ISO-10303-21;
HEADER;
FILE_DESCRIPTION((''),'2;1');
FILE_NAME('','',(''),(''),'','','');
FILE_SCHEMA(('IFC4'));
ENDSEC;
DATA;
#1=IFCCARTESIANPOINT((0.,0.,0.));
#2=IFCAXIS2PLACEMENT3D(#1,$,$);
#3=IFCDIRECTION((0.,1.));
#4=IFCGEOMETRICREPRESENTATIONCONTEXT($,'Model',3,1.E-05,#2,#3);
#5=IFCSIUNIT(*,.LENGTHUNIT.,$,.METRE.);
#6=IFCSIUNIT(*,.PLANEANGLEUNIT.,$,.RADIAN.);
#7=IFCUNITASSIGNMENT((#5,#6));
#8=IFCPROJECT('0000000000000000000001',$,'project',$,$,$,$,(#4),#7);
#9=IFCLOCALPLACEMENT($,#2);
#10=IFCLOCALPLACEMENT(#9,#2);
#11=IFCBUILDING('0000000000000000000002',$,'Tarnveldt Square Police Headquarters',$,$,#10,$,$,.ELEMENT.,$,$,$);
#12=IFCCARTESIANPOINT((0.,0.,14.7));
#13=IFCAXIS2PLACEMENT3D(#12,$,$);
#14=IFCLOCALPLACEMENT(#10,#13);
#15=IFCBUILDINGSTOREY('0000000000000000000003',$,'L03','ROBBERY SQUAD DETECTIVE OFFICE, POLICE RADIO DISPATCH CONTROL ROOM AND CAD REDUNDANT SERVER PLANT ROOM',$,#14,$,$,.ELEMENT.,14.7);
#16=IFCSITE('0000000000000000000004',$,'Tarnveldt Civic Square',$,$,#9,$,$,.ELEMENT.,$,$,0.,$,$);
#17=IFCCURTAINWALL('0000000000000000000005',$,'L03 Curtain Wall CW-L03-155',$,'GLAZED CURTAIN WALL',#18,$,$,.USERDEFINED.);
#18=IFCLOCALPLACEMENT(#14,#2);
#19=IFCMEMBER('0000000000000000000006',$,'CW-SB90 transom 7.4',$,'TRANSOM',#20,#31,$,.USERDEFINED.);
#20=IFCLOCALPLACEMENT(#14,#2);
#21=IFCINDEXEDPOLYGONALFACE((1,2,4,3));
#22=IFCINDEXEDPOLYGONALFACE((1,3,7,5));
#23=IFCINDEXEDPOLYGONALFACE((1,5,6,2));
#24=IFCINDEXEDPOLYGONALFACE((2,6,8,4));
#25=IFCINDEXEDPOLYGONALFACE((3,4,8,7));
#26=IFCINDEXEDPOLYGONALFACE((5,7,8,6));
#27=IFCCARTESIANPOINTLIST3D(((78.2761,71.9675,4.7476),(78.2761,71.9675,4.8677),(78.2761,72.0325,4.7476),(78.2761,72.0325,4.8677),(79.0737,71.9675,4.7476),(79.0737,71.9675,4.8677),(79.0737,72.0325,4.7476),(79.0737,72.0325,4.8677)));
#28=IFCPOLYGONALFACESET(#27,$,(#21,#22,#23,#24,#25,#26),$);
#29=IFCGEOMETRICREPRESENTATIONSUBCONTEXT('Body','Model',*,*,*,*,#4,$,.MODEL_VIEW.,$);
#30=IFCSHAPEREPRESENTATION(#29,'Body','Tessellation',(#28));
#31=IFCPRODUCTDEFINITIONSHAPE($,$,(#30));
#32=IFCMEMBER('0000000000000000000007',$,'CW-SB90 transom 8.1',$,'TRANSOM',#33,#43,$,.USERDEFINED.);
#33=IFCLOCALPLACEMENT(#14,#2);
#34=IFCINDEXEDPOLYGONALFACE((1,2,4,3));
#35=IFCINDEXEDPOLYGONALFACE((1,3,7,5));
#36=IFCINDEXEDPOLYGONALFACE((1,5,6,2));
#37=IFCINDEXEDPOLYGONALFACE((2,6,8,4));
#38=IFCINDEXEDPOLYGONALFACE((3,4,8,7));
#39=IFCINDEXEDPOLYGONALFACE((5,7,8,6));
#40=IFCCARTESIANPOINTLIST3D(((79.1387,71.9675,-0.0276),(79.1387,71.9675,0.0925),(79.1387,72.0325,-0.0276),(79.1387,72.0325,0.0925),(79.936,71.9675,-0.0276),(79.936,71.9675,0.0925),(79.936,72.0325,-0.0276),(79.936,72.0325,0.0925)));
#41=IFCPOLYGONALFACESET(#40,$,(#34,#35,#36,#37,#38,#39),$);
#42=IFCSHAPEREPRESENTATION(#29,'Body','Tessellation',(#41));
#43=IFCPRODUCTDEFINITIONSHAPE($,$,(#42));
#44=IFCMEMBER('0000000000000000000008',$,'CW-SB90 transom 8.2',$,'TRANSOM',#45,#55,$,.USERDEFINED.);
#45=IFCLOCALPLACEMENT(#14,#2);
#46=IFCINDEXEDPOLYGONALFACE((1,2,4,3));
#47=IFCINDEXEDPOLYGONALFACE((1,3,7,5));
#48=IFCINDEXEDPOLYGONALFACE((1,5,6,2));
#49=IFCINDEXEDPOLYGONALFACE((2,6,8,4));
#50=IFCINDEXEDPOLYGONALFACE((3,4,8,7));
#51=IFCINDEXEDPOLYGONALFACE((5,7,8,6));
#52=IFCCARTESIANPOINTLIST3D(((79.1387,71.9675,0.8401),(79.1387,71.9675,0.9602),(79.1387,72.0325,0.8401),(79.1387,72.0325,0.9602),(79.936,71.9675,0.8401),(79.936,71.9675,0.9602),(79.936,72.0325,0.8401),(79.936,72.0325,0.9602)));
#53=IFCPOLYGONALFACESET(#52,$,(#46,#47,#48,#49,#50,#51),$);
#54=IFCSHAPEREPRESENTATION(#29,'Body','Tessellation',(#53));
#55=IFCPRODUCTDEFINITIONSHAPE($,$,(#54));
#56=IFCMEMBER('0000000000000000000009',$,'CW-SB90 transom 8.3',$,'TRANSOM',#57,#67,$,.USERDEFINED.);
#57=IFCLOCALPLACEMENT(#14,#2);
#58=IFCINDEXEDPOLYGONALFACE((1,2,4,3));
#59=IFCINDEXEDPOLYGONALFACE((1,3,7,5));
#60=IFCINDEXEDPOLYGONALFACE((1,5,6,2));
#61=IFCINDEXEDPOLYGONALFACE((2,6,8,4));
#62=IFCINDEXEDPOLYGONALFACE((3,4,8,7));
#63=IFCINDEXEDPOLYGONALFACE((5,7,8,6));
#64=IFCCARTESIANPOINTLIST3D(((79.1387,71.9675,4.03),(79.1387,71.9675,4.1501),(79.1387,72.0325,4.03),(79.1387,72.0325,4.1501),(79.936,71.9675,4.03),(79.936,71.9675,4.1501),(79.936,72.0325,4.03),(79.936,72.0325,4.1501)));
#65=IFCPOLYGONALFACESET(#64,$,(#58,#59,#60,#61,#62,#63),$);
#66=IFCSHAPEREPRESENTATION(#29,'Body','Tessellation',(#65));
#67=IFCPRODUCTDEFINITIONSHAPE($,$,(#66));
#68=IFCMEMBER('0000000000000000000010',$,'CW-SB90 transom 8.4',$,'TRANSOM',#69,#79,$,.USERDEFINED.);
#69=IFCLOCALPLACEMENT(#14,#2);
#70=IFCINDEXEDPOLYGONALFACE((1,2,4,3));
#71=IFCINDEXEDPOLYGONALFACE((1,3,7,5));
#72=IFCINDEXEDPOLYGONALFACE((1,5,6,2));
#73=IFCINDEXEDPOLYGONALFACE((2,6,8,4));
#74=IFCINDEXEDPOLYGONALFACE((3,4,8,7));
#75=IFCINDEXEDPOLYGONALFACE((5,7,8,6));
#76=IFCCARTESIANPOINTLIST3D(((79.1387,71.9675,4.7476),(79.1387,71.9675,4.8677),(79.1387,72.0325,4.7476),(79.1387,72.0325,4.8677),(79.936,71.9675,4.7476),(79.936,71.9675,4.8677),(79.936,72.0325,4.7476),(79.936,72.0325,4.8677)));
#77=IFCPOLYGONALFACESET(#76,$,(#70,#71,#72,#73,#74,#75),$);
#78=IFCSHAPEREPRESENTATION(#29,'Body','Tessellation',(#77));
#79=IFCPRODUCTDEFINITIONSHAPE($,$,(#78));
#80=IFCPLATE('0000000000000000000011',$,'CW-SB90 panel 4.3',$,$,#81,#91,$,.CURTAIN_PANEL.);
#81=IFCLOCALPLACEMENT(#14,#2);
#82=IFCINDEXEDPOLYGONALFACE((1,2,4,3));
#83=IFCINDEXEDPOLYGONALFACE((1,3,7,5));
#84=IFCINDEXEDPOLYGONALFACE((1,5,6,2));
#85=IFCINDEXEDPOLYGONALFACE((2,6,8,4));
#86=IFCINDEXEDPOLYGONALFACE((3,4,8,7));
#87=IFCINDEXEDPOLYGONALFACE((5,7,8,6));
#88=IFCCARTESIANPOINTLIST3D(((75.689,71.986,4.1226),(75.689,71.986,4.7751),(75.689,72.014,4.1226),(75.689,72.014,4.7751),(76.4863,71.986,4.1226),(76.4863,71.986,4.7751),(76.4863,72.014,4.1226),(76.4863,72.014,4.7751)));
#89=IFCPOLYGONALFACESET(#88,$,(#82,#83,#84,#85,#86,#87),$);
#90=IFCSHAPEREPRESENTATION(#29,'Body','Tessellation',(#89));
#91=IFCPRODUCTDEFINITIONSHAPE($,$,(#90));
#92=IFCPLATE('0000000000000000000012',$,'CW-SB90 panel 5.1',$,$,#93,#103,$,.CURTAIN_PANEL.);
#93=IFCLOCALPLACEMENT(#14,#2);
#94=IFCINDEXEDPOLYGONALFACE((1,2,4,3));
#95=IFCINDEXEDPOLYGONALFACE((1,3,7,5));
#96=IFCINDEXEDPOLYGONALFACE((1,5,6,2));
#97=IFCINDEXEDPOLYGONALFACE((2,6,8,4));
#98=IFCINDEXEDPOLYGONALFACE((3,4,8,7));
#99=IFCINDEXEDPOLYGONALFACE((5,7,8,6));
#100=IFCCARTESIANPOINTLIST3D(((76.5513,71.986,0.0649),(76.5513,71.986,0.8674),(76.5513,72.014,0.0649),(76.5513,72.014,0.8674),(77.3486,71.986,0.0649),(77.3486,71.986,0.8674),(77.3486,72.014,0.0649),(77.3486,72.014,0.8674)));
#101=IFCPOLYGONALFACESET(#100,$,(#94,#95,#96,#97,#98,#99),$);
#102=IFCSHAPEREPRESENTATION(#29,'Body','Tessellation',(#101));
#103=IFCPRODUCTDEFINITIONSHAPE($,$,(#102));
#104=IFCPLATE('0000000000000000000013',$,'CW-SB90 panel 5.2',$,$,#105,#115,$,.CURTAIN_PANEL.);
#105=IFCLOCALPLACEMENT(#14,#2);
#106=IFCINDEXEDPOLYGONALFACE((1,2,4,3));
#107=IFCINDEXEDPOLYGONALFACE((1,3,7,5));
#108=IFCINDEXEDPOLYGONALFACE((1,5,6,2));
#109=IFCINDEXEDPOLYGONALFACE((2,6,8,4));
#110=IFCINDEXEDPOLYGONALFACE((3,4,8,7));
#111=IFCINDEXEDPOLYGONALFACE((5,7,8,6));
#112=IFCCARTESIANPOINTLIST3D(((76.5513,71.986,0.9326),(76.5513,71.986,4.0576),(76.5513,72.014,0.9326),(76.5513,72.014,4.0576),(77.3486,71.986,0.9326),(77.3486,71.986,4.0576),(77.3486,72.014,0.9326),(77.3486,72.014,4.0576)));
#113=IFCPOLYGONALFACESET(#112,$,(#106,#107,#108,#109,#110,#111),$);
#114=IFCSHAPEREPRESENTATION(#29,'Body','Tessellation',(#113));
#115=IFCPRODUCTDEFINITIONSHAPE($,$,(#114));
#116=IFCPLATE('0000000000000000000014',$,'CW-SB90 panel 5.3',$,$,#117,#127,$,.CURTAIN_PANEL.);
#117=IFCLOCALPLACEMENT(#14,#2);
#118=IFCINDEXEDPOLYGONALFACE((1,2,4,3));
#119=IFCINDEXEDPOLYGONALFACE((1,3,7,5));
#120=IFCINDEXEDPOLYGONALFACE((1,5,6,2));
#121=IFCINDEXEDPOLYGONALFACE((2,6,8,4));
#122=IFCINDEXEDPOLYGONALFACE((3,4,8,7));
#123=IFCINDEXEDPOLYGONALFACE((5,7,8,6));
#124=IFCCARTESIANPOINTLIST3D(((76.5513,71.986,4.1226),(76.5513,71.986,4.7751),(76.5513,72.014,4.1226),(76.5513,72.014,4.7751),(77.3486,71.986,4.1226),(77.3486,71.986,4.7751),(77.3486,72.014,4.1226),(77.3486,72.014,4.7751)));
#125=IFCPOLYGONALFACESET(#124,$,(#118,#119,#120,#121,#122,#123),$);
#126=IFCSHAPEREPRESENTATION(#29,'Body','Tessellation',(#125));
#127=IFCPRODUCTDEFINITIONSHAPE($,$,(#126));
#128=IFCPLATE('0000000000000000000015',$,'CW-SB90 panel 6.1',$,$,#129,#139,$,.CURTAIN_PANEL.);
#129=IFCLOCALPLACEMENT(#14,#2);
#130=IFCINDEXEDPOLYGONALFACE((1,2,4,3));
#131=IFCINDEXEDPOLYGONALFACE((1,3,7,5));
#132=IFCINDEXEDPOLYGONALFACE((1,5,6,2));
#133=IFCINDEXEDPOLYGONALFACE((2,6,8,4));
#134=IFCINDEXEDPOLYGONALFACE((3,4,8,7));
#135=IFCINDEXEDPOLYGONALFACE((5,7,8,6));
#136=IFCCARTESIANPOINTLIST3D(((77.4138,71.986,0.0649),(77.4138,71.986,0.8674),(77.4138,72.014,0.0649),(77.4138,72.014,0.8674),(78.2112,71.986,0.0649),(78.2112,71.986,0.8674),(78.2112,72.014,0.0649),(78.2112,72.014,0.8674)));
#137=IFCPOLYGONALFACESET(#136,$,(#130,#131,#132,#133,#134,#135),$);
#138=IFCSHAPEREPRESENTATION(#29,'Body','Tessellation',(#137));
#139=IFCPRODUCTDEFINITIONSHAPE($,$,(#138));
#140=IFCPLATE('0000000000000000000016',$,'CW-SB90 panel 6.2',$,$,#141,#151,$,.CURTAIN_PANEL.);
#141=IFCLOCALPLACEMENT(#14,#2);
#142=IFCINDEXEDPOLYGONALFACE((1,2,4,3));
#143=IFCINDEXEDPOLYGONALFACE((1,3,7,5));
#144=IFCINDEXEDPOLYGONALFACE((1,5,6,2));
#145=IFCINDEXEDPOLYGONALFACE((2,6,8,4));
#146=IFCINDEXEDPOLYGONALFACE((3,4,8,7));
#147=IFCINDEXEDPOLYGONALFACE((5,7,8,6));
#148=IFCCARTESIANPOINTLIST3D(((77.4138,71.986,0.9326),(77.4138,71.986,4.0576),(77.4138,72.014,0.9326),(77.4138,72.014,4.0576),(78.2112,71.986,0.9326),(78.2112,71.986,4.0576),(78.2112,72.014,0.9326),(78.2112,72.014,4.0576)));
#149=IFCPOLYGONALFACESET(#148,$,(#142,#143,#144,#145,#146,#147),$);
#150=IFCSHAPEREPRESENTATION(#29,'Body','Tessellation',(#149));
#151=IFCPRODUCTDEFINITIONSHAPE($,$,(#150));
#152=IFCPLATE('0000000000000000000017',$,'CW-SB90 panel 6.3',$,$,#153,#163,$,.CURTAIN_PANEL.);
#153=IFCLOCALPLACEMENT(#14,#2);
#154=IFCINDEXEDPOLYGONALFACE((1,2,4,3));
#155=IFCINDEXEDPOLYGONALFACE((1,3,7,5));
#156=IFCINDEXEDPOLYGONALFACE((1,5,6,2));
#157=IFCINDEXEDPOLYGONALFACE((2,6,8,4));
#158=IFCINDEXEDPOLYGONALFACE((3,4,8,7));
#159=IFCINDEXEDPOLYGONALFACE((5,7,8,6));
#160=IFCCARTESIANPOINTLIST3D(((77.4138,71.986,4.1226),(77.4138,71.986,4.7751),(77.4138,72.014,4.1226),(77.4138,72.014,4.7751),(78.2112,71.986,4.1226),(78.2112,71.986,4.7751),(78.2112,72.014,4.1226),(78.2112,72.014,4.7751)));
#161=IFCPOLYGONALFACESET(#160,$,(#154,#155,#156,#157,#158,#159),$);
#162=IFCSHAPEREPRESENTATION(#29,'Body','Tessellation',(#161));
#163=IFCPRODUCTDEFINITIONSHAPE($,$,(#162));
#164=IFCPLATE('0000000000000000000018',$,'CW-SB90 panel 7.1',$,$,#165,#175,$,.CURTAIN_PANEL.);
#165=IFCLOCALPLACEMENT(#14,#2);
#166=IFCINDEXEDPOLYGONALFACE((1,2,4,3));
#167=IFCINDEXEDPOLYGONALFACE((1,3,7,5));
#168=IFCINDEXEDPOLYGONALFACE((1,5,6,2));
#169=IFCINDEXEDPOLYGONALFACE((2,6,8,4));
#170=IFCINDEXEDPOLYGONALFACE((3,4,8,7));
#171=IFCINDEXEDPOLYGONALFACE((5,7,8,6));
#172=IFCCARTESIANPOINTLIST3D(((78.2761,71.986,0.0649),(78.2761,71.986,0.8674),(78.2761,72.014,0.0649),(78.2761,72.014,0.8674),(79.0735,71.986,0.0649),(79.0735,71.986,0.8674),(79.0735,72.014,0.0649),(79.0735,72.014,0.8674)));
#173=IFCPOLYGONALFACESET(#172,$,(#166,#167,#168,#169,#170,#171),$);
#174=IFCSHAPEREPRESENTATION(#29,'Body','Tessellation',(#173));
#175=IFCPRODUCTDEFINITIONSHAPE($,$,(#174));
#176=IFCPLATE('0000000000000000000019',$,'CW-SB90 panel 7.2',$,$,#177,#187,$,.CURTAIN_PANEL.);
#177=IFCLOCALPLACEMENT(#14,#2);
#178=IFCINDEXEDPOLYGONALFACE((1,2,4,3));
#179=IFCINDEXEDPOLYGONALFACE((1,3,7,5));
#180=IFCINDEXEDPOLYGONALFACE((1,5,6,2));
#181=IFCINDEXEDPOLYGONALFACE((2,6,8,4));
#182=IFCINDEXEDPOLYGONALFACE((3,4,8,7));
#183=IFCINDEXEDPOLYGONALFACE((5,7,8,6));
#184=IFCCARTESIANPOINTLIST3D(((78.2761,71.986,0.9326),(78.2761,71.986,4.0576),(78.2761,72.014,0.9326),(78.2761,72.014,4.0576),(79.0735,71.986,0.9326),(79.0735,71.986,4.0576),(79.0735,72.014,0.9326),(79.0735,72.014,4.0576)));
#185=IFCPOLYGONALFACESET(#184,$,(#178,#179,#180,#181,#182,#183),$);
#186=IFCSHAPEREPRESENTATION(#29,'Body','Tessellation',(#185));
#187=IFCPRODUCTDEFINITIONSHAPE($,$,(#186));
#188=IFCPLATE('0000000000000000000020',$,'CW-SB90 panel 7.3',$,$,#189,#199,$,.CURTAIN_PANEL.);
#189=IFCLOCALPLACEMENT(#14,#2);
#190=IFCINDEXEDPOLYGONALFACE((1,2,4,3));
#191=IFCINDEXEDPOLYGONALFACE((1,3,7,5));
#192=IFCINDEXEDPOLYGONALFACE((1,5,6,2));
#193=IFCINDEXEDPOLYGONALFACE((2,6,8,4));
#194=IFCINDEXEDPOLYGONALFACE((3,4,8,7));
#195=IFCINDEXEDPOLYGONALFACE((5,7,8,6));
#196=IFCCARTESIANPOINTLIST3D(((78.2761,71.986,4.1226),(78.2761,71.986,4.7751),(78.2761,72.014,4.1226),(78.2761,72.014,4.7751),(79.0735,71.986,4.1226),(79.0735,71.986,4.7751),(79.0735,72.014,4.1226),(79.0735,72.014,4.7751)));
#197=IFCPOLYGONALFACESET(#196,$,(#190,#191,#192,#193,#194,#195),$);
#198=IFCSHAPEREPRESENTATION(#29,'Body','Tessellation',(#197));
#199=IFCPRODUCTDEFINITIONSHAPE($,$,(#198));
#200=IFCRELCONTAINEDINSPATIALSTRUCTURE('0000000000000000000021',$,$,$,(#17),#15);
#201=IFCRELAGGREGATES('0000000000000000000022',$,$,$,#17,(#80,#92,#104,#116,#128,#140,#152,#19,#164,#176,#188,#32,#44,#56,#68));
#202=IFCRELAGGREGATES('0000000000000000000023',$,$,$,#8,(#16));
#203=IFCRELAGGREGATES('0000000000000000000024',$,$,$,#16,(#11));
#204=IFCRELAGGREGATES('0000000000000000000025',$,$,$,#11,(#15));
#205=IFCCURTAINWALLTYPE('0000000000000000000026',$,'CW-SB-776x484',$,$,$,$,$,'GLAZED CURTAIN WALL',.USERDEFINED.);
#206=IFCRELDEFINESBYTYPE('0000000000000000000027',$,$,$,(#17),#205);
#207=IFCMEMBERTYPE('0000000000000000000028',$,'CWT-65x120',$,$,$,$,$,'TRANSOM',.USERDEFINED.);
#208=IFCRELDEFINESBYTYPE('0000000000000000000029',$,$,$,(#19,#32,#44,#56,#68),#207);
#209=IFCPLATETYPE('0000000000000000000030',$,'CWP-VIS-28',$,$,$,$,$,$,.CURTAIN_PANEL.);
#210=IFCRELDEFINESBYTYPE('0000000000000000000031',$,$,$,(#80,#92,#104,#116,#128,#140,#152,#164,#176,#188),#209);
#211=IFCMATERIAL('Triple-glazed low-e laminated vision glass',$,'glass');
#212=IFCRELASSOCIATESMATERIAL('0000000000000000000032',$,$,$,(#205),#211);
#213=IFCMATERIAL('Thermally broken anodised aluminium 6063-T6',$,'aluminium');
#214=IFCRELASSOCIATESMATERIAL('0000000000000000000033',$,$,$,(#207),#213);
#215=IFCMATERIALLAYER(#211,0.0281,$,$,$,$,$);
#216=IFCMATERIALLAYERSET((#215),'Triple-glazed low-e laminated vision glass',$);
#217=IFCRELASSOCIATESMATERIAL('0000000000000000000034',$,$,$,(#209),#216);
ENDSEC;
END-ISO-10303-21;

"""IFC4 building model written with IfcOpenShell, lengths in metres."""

from ifc_helpers import new_model, si_unit, direction, frame, origin, origin_2d, place, context, subcontext, project, spatial, rectangle, extrude, material, layer, layer_set, material_profile, profile_set, type_object, element, aggregate, save


model = new_model("IFC4")

# Units and contexts
model_context = context("Model", 3, precision=1e-05, world=origin(), true_north=direction((0.0, 1.0)))
body_context = subcontext(model_context, "Body", "Model", "MODEL_VIEW")
ifc_project = project(units=[si_unit("LENGTHUNIT", "METRE"), si_unit("PLANEANGLEUNIT", "RADIAN")], contexts=[model_context])

# Site, building, storey
site_placement = place(None, origin())
site = spatial("IfcSite", under=ifc_project, at=site_placement, Name="Tarnveldt Civic Square", CompositionType="ELEMENT", RefElevation=0.0)
building_placement = place(site_placement, origin())
building = spatial("IfcBuilding", under=site, at=building_placement, Name="Tarnveldt Square Police Headquarters", CompositionType="ELEMENT")
storey_placement = place(building_placement, frame((0.0, 0.0, 14.7)))
storey = spatial("IfcBuildingStorey", under=building, at=storey_placement, Name="L03", Description="ROBBERY SQUAD DETECTIVE OFFICE, POLICE RADIO DISPATCH CONTROL ROOM AND CAD REDUNDANT SERVER PLANT ROOM", CompositionType="ELEMENT", Elevation=14.7)

# Curtain wall, members, plates
ifc_material_1 = material(Name="Triple-glazed low-e laminated vision glass", Category="glass")
curtain_wall_type = type_object("IfcCurtainWallType", Name="CW-SB-776x484", ElementType="GLAZED CURTAIN WALL", PredefinedType="USERDEFINED", material=ifc_material_1)
curtain_wall_placement = place(storey_placement, origin())
curtain_wall = element("IfcCurtainWall", 1, at=curtain_wall_placement, inside=storey, type_object=curtain_wall_type, Name="L03 Curtain Wall CW-L03-155", ObjectType="GLAZED CURTAIN WALL", PredefinedType="USERDEFINED")
ifc_material_2 = material(Name="Thermally broken anodised aluminium 6063-T6", Category="aluminium")
ifc_material_profile_1 = material_profile(ifc_material_2, rectangle(XDim=0.0649, YDim=0.1201, at=origin_2d()), Name="CW-T65x120")
ifc_profile_set_1 = profile_set([ifc_material_profile_1], Name="Thermally broken anodised aluminium 6063-T6")
member_type_1 = type_object("IfcMemberType", Name="CWT-65x120", ElementType="TRANSOM", PredefinedType="USERDEFINED", material=ifc_profile_set_1)
member_1_placement = place(storey_placement, frame((78.2761, 72.0, 4.8076), z_axis=(1.0, 0.0, 0.0), x_axis=(0.0, 1.0, 0.0)))
member_1 = element("IfcMember", 2, at=member_1_placement, type_object=member_type_1, Name="CW-SB90 transom 7.4", ObjectType="TRANSOM", PredefinedType="USERDEFINED", context=body_context, shape_type="SweptSolid", body=[
    extrude(rectangle(XDim=0.0649, YDim=0.1201, at=origin_2d()), origin(), (0.0, 0.0, 1.0), 0.7976),
])
member_2_placement = place(storey_placement, frame((79.1387, 72.0, 0.0325), z_axis=(1.0, 0.0, 0.0), x_axis=(0.0, 1.0, 0.0)))
member_2 = element("IfcMember", 3, at=member_2_placement, type_object=member_type_1, Name="CW-SB90 transom 8.1", ObjectType="TRANSOM", PredefinedType="USERDEFINED", context=body_context, shape_type="SweptSolid", body=[
    extrude(rectangle(XDim=0.0649, YDim=0.1201, at=origin_2d()), origin(), (0.0, 0.0, 1.0), 0.7974),
])
member_3_placement = place(storey_placement, frame((79.1387, 72.0, 0.9001), z_axis=(1.0, 0.0, 0.0), x_axis=(0.0, 1.0, 0.0)))
member_3 = element("IfcMember", 4, at=member_3_placement, type_object=member_type_1, Name="CW-SB90 transom 8.2", ObjectType="TRANSOM", PredefinedType="USERDEFINED", context=body_context, shape_type="SweptSolid", body=[
    extrude(rectangle(XDim=0.0649, YDim=0.1201, at=origin_2d()), origin(), (0.0, 0.0, 1.0), 0.7974),
])
member_4_placement = place(storey_placement, frame((79.1387, 72.0, 4.0901), z_axis=(1.0, 0.0, 0.0), x_axis=(0.0, 1.0, 0.0)))
member_4 = element("IfcMember", 5, at=member_4_placement, type_object=member_type_1, Name="CW-SB90 transom 8.3", ObjectType="TRANSOM", PredefinedType="USERDEFINED", context=body_context, shape_type="SweptSolid", body=[
    extrude(rectangle(XDim=0.0649, YDim=0.1201, at=origin_2d()), origin(), (0.0, 0.0, 1.0), 0.7974),
])
member_5_placement = place(storey_placement, frame((79.1387, 72.0, 4.8076), z_axis=(1.0, 0.0, 0.0), x_axis=(0.0, 1.0, 0.0)))
member_5 = element("IfcMember", 6, at=member_5_placement, type_object=member_type_1, Name="CW-SB90 transom 8.4", ObjectType="TRANSOM", PredefinedType="USERDEFINED", context=body_context, shape_type="SweptSolid", body=[
    extrude(rectangle(XDim=0.0649, YDim=0.1201, at=origin_2d()), origin(), (0.0, 0.0, 1.0), 0.7974),
])
ifc_layer = layer(ifc_material_1, 0.0281)
ifc_layer_set = layer_set([ifc_layer], Name="Triple-glazed low-e laminated vision glass")
plate_type = type_object("IfcPlateType", Name="CWP-VIS-28", PredefinedType="CURTAIN_PANEL", material=ifc_layer_set)
plate_1_placement = place(storey_placement, frame((76.0876, 72.0, 4.1226), z_axis=(0.0, 0.0, 1.0), x_axis=(1.0, 0.0, 0.0)))
plate_1 = element("IfcPlate", 7, at=plate_1_placement, type_object=plate_type, Name="CW-SB90 panel 4.3", PredefinedType="CURTAIN_PANEL", context=body_context, shape_type="SweptSolid", body=[
    extrude(rectangle(XDim=0.7974, YDim=0.0281, at=origin_2d()), origin(), (0.0, 0.0, 1.0), 0.6526),
])
plate_2_placement = place(storey_placement, frame((76.95, 72.0, 0.0649), z_axis=(0.0, 0.0, 1.0), x_axis=(1.0, 0.0, 0.0)))
plate_2 = element("IfcPlate", 8, at=plate_2_placement, type_object=plate_type, Name="CW-SB90 panel 5.1", PredefinedType="CURTAIN_PANEL", context=body_context, shape_type="SweptSolid", body=[
    extrude(rectangle(XDim=0.7974, YDim=0.0281, at=origin_2d()), origin(), (0.0, 0.0, 1.0), 0.8025),
])
plate_3_placement = place(storey_placement, frame((76.95, 72.0, 0.9326), z_axis=(0.0, 0.0, 1.0), x_axis=(1.0, 0.0, 0.0)))
plate_3 = element("IfcPlate", 9, at=plate_3_placement, type_object=plate_type, Name="CW-SB90 panel 5.2", PredefinedType="CURTAIN_PANEL", context=body_context, shape_type="SweptSolid", body=[
    extrude(rectangle(XDim=0.7974, YDim=0.0281, at=origin_2d()), origin(), (0.0, 0.0, 1.0), 3.125),
])
plate_4_placement = place(storey_placement, frame((76.95, 72.0, 4.1226), z_axis=(0.0, 0.0, 1.0), x_axis=(1.0, 0.0, 0.0)))
plate_4 = element("IfcPlate", 10, at=plate_4_placement, type_object=plate_type, Name="CW-SB90 panel 5.3", PredefinedType="CURTAIN_PANEL", context=body_context, shape_type="SweptSolid", body=[
    extrude(rectangle(XDim=0.7974, YDim=0.0281, at=origin_2d()), origin(), (0.0, 0.0, 1.0), 0.6526),
])
plate_5_placement = place(storey_placement, frame((77.8125, 72.0, 0.0649), z_axis=(0.0, 0.0, 1.0), x_axis=(1.0, 0.0, 0.0)))
plate_5 = element("IfcPlate", 11, at=plate_5_placement, type_object=plate_type, Name="CW-SB90 panel 6.1", PredefinedType="CURTAIN_PANEL", context=body_context, shape_type="SweptSolid", body=[
    extrude(rectangle(XDim=0.7974, YDim=0.0281, at=origin_2d()), origin(), (0.0, 0.0, 1.0), 0.8025),
])
plate_6_placement = place(storey_placement, frame((77.8125, 72.0, 0.9326), z_axis=(0.0, 0.0, 1.0), x_axis=(1.0, 0.0, 0.0)))
plate_6 = element("IfcPlate", 12, at=plate_6_placement, type_object=plate_type, Name="CW-SB90 panel 6.2", PredefinedType="CURTAIN_PANEL", context=body_context, shape_type="SweptSolid", body=[
    extrude(rectangle(XDim=0.7974, YDim=0.0281, at=origin_2d()), origin(), (0.0, 0.0, 1.0), 3.125),
])
plate_7_placement = place(storey_placement, frame((77.8125, 72.0, 4.1226), z_axis=(0.0, 0.0, 1.0), x_axis=(1.0, 0.0, 0.0)))
plate_7 = element("IfcPlate", 13, at=plate_7_placement, type_object=plate_type, Name="CW-SB90 panel 6.3", PredefinedType="CURTAIN_PANEL", context=body_context, shape_type="SweptSolid", body=[
    extrude(rectangle(XDim=0.7974, YDim=0.0281, at=origin_2d()), origin(), (0.0, 0.0, 1.0), 0.6526),
])
plate_8_placement = place(storey_placement, frame((78.6748, 72.0, 0.0649), z_axis=(0.0, 0.0, 1.0), x_axis=(1.0, 0.0, 0.0)))
plate_8 = element("IfcPlate", 14, at=plate_8_placement, type_object=plate_type, Name="CW-SB90 panel 7.1", PredefinedType="CURTAIN_PANEL", context=body_context, shape_type="SweptSolid", body=[
    extrude(rectangle(XDim=0.7974, YDim=0.0281, at=origin_2d()), origin(), (0.0, 0.0, 1.0), 0.8025),
])
plate_9_placement = place(storey_placement, frame((78.6748, 72.0, 0.9326), z_axis=(0.0, 0.0, 1.0), x_axis=(1.0, 0.0, 0.0)))
plate_9 = element("IfcPlate", 15, at=plate_9_placement, type_object=plate_type, Name="CW-SB90 panel 7.2", PredefinedType="CURTAIN_PANEL", context=body_context, shape_type="SweptSolid", body=[
    extrude(rectangle(XDim=0.7974, YDim=0.0281, at=origin_2d()), origin(), (0.0, 0.0, 1.0), 3.125),
])
plate_10_placement = place(storey_placement, frame((78.6748, 72.0, 4.1226), z_axis=(0.0, 0.0, 1.0), x_axis=(1.0, 0.0, 0.0)))
plate_10 = element("IfcPlate", 16, at=plate_10_placement, type_object=plate_type, Name="CW-SB90 panel 7.3", PredefinedType="CURTAIN_PANEL", context=body_context, shape_type="SweptSolid", body=[
    extrude(rectangle(XDim=0.7974, YDim=0.0281, at=origin_2d()), origin(), (0.0, 0.0, 1.0), 0.6526),
])
aggregate(curtain_wall, [plate_1, plate_2, plate_3, plate_4, plate_5, plate_6, plate_7, member_1, plate_8, plate_9, plate_10, member_2, member_3, member_4, member_5])

save(model, "model.ifc")
